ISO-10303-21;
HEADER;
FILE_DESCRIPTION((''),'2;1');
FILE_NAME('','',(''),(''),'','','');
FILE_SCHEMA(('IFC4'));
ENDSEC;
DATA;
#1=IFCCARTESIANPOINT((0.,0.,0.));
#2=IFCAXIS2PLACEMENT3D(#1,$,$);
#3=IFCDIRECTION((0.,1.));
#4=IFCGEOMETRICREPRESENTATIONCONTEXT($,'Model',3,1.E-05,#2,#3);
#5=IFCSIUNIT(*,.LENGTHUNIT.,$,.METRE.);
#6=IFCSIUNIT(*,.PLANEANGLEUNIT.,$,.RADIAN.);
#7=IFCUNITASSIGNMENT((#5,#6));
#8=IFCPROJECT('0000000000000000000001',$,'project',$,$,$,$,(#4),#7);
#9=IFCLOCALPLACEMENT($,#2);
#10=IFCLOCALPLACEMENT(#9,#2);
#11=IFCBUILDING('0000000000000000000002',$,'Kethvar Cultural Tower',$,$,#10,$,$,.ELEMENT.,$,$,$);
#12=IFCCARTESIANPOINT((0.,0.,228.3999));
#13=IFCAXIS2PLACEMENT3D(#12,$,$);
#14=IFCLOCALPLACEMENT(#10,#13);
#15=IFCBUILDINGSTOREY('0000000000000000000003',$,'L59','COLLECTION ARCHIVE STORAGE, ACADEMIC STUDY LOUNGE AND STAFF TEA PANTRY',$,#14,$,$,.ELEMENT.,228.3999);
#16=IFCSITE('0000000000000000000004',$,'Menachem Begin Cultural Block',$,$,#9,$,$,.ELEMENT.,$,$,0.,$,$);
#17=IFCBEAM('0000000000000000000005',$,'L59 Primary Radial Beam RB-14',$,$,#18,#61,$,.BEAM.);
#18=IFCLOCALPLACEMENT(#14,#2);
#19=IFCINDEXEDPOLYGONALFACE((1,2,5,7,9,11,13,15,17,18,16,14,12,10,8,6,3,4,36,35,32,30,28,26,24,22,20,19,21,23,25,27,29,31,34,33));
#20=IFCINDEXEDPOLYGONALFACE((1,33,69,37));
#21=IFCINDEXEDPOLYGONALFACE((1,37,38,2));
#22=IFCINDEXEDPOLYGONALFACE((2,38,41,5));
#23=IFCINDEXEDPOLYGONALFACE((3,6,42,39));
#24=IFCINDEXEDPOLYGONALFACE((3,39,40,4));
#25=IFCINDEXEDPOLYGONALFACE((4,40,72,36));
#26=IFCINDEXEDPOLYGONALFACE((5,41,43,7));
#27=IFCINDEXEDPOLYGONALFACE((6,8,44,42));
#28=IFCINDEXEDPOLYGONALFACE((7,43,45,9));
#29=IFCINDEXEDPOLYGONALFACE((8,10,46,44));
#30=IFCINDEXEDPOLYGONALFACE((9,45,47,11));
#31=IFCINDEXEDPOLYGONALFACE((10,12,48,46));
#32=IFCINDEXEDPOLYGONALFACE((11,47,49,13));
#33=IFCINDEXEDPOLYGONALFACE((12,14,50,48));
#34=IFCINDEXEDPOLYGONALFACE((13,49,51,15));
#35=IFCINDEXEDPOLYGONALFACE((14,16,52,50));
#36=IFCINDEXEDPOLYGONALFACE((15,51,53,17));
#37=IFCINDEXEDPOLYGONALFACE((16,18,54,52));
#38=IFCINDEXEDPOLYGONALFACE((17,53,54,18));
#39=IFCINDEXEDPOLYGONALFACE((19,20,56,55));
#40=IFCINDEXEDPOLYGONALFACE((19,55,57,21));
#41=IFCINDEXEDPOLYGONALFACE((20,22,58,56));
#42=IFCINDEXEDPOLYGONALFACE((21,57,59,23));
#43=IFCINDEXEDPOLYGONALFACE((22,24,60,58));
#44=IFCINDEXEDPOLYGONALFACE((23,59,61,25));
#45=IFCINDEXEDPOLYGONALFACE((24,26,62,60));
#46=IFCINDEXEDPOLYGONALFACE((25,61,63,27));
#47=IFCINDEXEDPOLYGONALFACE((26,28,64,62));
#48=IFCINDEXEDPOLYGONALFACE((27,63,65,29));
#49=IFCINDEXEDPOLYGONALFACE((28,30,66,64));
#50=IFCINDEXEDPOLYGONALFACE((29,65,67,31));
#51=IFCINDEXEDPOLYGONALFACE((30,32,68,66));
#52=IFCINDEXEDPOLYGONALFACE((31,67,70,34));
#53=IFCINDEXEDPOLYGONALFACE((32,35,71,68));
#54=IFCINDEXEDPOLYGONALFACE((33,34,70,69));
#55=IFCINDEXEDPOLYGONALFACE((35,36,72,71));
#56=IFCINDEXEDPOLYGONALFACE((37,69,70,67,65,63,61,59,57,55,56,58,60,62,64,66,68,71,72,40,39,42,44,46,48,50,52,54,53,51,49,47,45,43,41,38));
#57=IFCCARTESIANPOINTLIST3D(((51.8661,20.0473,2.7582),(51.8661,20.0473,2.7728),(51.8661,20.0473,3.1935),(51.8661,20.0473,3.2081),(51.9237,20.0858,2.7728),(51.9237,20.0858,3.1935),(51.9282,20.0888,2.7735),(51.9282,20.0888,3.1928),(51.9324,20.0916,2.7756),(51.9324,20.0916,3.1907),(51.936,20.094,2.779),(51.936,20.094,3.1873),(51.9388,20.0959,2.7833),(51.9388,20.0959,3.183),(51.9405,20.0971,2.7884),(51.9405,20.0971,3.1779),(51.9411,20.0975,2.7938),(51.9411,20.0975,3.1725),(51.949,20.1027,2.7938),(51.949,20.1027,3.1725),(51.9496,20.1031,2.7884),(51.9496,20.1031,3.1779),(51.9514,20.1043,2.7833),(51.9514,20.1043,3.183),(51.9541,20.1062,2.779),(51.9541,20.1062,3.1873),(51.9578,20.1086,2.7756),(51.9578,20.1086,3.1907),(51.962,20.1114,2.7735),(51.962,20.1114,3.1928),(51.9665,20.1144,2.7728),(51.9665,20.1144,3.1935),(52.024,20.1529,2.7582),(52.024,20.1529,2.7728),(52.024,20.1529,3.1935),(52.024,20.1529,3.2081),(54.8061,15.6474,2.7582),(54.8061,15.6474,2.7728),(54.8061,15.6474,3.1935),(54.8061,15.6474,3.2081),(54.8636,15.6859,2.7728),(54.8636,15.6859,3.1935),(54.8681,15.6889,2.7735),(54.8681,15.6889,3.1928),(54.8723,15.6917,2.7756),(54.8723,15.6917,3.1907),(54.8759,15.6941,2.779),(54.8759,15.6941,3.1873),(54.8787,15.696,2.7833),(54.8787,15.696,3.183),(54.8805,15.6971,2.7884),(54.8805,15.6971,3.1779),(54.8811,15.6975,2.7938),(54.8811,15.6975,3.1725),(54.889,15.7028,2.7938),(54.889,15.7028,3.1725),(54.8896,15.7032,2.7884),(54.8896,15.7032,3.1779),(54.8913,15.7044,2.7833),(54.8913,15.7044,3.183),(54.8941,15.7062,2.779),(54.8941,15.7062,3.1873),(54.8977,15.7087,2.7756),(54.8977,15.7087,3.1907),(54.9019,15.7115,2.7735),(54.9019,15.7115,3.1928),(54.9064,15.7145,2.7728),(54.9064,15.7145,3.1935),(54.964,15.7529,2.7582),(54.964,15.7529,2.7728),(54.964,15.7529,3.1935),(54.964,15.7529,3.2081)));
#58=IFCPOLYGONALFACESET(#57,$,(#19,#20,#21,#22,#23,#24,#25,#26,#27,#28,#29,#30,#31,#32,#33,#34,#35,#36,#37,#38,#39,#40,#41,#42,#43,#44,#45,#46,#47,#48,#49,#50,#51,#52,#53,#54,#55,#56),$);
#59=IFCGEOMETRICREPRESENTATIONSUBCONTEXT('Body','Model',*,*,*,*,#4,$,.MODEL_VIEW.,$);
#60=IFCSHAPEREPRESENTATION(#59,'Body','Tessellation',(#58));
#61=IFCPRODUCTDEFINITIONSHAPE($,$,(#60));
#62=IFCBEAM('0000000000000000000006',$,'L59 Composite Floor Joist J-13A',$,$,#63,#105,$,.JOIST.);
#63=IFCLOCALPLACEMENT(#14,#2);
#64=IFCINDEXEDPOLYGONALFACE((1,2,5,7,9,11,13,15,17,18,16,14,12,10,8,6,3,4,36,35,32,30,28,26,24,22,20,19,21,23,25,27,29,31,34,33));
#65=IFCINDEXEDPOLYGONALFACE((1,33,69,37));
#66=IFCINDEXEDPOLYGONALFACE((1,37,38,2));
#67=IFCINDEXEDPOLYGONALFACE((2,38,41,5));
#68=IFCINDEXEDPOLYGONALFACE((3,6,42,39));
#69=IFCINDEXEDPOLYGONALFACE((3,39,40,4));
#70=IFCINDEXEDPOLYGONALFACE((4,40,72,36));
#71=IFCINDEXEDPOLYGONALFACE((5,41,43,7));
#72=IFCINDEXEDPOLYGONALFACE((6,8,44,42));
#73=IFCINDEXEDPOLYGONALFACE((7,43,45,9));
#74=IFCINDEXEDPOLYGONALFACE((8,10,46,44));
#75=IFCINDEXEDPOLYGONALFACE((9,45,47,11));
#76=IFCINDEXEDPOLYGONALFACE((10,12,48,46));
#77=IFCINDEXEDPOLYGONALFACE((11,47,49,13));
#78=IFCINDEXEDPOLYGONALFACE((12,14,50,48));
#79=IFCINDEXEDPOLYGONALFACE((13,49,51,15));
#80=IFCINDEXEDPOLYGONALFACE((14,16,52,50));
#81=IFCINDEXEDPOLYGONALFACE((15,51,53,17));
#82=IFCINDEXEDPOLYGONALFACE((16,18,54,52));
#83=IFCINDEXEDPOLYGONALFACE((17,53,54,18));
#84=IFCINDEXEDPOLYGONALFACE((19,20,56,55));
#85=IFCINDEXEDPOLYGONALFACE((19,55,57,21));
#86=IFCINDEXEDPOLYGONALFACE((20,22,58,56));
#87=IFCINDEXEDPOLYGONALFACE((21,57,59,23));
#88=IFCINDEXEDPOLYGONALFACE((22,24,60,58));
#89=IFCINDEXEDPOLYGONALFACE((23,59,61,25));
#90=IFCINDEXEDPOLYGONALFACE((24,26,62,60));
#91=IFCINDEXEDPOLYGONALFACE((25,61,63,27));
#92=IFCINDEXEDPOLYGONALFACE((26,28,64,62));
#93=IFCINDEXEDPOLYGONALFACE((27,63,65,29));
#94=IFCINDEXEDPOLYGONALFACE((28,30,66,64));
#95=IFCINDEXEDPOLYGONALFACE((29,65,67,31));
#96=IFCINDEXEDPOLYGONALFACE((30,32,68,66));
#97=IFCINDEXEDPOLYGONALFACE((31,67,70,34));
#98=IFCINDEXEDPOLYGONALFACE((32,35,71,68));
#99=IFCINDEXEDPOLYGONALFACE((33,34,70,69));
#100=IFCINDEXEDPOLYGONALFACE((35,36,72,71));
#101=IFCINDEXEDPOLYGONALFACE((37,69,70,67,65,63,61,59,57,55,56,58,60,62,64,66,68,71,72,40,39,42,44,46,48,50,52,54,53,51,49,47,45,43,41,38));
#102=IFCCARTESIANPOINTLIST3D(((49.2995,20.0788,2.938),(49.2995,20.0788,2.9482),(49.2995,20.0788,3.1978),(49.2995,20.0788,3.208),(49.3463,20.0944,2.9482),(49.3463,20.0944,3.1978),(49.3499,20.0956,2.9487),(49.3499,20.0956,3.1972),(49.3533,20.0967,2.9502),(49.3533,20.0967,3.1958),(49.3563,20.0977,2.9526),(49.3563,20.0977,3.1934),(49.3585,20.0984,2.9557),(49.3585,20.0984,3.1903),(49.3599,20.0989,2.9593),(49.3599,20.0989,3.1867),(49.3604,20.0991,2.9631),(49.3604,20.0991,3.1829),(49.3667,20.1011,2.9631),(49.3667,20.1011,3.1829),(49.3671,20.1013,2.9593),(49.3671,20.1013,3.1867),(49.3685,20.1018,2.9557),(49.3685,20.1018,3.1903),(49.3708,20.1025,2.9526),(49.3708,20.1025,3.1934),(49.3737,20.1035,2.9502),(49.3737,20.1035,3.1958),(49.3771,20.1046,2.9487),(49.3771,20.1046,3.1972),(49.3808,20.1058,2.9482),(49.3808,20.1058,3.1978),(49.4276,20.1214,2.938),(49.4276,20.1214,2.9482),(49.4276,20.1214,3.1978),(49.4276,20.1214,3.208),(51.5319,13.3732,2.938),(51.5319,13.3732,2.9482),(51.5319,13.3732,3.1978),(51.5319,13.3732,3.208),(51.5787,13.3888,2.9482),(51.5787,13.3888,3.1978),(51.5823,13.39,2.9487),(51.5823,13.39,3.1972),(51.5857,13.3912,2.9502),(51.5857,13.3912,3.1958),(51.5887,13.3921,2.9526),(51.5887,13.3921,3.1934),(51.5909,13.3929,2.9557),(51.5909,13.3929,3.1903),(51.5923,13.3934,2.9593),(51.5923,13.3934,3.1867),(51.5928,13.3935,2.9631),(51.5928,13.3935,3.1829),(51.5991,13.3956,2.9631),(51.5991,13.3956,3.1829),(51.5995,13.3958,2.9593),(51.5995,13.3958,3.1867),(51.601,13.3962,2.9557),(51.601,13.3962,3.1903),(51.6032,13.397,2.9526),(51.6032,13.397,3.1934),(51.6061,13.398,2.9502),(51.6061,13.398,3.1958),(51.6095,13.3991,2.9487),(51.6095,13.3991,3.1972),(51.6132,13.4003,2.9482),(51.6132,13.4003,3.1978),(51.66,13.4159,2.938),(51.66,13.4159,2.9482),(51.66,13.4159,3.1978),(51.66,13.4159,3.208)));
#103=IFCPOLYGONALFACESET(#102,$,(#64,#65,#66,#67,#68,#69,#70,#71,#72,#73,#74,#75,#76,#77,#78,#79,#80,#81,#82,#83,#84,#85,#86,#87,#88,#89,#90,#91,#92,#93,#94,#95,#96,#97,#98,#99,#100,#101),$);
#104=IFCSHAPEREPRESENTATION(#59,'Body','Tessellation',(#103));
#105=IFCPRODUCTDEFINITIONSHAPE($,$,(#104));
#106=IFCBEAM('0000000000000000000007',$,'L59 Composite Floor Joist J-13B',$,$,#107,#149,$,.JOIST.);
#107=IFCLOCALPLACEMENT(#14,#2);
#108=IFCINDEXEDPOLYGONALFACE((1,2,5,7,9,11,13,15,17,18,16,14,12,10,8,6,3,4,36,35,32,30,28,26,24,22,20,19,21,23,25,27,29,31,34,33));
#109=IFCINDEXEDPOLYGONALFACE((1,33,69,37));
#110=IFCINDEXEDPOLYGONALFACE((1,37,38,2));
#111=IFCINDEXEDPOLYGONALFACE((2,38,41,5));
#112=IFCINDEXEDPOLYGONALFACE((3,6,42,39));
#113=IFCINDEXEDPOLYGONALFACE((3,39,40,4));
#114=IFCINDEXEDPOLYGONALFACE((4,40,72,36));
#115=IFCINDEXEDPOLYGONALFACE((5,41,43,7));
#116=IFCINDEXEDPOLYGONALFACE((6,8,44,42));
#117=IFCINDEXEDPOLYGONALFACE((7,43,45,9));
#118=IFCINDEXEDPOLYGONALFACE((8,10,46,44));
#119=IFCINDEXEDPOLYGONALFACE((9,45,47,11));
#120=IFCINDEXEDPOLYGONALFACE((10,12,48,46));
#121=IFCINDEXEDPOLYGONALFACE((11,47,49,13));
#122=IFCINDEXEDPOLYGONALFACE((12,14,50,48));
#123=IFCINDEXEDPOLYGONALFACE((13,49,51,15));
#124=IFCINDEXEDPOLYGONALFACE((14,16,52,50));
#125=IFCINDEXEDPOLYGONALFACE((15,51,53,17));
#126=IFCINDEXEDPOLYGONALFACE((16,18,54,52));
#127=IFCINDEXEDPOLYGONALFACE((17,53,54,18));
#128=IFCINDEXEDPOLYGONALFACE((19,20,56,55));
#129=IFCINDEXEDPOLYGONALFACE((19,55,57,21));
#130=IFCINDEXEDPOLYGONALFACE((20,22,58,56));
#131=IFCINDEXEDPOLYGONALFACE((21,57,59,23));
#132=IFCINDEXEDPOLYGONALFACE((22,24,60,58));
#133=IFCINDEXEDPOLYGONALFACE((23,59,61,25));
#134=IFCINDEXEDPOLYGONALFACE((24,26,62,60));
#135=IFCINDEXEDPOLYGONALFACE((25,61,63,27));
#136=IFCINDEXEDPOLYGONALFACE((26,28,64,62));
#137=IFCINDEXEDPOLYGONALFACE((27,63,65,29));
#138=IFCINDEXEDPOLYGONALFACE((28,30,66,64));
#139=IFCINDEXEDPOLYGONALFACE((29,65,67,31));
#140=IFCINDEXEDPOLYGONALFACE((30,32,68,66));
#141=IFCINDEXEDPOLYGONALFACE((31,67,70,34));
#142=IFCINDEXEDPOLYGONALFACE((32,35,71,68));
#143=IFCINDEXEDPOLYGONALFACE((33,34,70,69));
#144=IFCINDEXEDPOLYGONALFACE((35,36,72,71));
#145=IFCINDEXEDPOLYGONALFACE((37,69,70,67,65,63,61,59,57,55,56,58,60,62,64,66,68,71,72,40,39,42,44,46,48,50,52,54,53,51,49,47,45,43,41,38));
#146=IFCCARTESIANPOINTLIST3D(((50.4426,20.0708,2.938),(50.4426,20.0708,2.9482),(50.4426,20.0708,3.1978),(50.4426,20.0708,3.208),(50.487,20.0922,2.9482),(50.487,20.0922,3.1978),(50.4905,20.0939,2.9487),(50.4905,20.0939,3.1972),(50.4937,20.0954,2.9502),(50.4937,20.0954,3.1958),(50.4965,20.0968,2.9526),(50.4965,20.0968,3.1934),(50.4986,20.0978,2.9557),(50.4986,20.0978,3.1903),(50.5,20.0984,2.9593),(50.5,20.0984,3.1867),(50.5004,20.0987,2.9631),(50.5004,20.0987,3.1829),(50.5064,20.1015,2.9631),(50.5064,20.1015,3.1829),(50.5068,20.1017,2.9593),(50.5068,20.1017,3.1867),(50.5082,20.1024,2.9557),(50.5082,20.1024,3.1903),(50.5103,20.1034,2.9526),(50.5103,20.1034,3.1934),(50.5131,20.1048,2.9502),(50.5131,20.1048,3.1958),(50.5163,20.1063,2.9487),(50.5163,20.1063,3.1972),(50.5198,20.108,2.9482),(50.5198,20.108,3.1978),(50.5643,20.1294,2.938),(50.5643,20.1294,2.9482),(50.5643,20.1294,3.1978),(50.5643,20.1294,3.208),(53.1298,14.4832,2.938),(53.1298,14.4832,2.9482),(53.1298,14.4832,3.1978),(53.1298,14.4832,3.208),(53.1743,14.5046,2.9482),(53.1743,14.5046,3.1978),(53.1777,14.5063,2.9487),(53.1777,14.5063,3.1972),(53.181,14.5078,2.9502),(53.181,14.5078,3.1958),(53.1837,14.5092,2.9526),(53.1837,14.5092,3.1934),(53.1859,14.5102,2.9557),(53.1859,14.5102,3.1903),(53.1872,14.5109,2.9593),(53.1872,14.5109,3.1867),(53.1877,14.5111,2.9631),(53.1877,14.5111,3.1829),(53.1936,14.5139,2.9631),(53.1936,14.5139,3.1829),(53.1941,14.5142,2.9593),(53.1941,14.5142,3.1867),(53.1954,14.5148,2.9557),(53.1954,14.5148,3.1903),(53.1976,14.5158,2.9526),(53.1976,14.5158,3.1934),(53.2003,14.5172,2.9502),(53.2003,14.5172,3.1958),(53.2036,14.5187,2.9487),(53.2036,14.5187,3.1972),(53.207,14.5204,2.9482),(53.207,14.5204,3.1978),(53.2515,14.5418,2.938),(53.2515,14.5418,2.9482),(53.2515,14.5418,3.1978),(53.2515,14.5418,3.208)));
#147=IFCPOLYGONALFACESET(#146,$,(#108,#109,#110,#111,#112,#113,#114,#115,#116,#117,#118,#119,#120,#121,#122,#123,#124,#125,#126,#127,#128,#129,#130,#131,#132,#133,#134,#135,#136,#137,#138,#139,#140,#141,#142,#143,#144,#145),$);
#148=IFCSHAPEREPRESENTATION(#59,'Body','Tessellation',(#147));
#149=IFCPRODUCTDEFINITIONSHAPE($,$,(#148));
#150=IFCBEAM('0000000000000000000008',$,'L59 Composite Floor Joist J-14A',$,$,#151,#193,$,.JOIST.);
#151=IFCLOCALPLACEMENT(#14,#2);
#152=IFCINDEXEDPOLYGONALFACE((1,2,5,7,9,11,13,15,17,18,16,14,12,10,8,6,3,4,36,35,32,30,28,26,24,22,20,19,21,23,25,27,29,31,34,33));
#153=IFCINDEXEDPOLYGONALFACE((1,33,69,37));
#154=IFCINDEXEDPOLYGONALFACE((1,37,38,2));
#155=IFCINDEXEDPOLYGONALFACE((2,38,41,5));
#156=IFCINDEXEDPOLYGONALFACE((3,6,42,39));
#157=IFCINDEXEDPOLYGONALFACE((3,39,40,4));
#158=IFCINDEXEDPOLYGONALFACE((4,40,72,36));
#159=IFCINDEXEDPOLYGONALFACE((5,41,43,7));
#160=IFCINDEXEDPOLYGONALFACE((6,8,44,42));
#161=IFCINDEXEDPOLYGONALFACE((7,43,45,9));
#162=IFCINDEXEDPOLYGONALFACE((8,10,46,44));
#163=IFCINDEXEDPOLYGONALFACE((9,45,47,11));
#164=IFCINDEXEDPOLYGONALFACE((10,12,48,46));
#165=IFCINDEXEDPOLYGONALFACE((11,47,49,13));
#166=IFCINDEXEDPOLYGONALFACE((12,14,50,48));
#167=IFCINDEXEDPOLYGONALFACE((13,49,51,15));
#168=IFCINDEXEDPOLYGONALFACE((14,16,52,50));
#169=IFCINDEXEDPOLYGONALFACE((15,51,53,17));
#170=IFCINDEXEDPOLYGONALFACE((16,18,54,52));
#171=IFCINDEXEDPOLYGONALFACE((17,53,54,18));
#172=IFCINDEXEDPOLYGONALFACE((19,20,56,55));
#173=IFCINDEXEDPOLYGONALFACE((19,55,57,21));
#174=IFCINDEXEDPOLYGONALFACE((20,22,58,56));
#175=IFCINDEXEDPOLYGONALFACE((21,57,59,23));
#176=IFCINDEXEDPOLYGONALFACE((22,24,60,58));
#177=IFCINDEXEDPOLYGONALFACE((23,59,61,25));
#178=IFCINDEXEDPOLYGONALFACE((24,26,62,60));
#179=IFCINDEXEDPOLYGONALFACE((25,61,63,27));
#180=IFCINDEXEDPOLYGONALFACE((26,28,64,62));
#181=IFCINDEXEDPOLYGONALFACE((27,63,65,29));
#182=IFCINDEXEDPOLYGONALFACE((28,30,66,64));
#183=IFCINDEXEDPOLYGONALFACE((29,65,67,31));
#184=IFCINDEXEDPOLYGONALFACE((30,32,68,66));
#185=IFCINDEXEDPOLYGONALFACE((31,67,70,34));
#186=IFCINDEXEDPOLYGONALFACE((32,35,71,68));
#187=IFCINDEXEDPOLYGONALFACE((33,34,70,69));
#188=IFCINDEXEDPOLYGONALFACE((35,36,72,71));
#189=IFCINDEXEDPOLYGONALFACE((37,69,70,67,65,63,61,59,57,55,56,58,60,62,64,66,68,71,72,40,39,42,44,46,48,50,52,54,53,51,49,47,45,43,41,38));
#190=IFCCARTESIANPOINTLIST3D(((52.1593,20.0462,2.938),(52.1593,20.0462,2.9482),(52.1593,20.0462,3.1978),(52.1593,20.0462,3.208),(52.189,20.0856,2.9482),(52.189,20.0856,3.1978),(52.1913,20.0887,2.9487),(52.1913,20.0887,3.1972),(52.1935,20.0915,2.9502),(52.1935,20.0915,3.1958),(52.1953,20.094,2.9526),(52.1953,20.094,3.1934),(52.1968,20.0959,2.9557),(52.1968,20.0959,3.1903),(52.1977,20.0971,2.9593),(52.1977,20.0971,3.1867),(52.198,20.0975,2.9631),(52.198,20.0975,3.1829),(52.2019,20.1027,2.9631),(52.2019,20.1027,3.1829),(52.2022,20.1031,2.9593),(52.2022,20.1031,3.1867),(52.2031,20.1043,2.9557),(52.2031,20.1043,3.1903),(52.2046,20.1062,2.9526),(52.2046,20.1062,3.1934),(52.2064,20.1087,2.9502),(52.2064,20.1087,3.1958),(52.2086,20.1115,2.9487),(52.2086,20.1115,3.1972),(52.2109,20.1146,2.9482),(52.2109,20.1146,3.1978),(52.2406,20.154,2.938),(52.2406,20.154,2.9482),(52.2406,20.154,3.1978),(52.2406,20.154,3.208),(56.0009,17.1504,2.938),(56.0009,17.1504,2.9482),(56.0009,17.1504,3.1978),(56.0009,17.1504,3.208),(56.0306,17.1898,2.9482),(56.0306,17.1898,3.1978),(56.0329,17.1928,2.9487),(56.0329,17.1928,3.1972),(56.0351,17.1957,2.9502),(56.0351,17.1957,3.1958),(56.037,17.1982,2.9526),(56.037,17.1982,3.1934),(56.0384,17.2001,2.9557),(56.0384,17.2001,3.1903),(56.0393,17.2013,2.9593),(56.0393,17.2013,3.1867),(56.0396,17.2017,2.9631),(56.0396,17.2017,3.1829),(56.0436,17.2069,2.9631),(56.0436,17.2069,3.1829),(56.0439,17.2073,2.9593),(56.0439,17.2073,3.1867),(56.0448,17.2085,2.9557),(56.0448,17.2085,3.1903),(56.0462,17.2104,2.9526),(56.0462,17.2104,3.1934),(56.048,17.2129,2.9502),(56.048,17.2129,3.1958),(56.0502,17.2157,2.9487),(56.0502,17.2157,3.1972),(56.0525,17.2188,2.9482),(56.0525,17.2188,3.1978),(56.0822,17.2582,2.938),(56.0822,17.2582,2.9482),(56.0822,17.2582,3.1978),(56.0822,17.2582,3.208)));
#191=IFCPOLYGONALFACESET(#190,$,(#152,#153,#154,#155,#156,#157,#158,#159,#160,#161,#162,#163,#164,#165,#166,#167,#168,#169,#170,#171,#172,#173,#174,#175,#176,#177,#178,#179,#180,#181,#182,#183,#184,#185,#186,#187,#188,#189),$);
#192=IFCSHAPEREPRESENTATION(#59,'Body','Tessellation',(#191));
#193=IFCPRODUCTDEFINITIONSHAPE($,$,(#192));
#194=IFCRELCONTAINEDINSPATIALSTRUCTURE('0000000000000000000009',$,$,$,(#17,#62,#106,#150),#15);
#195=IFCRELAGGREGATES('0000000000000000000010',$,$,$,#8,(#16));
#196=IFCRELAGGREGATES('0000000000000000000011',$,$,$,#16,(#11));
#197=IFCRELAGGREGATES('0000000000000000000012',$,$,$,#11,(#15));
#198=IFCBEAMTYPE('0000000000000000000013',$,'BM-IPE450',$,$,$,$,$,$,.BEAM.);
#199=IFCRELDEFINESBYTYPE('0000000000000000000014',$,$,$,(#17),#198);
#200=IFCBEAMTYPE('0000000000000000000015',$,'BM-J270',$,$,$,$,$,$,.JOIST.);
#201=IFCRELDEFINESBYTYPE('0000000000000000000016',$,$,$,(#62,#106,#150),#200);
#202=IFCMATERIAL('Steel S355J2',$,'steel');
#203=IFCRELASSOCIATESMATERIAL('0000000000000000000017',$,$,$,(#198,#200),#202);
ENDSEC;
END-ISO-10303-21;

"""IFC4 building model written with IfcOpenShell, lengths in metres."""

from ifc_helpers import new_model, si_unit, direction, frame, origin, origin_2d, place, context, subcontext, project, spatial, i_section, extrude, source, transform, mapped, material, material_profile, profile_set, type_object, element, save


model = new_model("IFC4")

# Units and contexts
model_context = context("Model", 3, precision=1e-05, world=origin(), true_north=direction((0.0, 1.0)))
body_context = subcontext(model_context, "Body", "Model", "MODEL_VIEW")
ifc_project = project(units=[si_unit("LENGTHUNIT", "METRE"), si_unit("PLANEANGLEUNIT", "RADIAN")], contexts=[model_context])

# Site, building, storey
site_placement = place(None, origin())
site = spatial("IfcSite", under=ifc_project, at=site_placement, Name="Menachem Begin Cultural Block", CompositionType="ELEMENT", RefElevation=0.0)
building_placement = place(site_placement, origin())
building = spatial("IfcBuilding", under=site, at=building_placement, Name="Kethvar Cultural Tower", CompositionType="ELEMENT")
storey_placement = place(building_placement, frame((0.0, 0.0, 228.3999)))
storey = spatial("IfcBuildingStorey", under=building, at=storey_placement, Name="L59", Description="COLLECTION ARCHIVE STORAGE, ACADEMIC STUDY LOUNGE AND STAFF TEA PANTRY", CompositionType="ELEMENT", Elevation=228.3999)

# Beams
ifc_material_1 = material(Name="Steel S355J2", Category="steel")
ifc_material_profile_1 = material_profile(ifc_material_1, i_section(OverallWidth=0.1899, OverallDepth=0.45, WebThickness=0.0095, FlangeThickness=0.0146, FilletRadius=0.021, at=origin_2d()), Name="Steel S355J2 — IPE450")
ifc_profile_set_1 = profile_set([ifc_material_profile_1], Name="Steel S355J2 — IPE450")
beam_type_1 = type_object("IfcBeamType", Name="BM-IPE450", PredefinedType="BEAM", material=ifc_profile_set_1)
shared_shape_1 = source(origin(), body_context, "Body", "SweptSolid", [
    extrude(i_section(OverallWidth=0.1899, OverallDepth=0.45, WebThickness=0.0095, FlangeThickness=0.0146, FilletRadius=0.021, at=origin_2d()), origin(), (0.0, 0.0, 1.0), 5.2917),
])
beam_1_placement = place(storey_placement, frame((51.9451, 20.1001, 2.9832), z_axis=(0.555573, -0.831468, 0.0), x_axis=(0.831468, 0.555573, 0.0)))
element("IfcBeam", 1, at=beam_1_placement, inside=storey, type_object=beam_type_1, Name="L59 Primary Radial Beam RB-14", PredefinedType="BEAM", context=body_context, shape_type="MappedRepresentation", body=[
    mapped(shared_shape_1, transform((0.0, 0.0, 0.0), scale=1.0)),
])
ifc_material_profile_2 = material_profile(ifc_material_1, i_section(OverallWidth=0.135, OverallDepth=0.27, WebThickness=0.0066, FlangeThickness=0.0103, FilletRadius=0.0149, at=origin_2d()), Name="Steel S355J2 — IPE270")
ifc_profile_set_2 = profile_set([ifc_material_profile_2], Name="Steel S355J2 — IPE270")
beam_type_2 = type_object("IfcBeamType", Name="BM-J270", PredefinedType="JOIST", material=ifc_profile_set_2)
shared_shape_2 = source(origin(), body_context, "Body", "SweptSolid", [
    extrude(i_section(OverallWidth=0.135, OverallDepth=0.27, WebThickness=0.0066, FlangeThickness=0.0103, FilletRadius=0.0149, at=origin_2d()), origin(), (0.0, 0.0, 1.0), 7.0674),
])
beam_2_placement = place(storey_placement, frame((49.3635, 20.1001, 3.073), z_axis=(0.315875, -0.948801, 0.0), x_axis=(0.948801, 0.315875, 0.0)))
element("IfcBeam", 2, at=beam_2_placement, inside=storey, type_object=beam_type_2, Name="L59 Composite Floor Joist J-13A", PredefinedType="JOIST", context=body_context, shape_type="MappedRepresentation", body=[
    mapped(shared_shape_2, transform((0.0, 0.0, 0.0), scale=1.0)),
])
shared_shape_3 = source(origin(), body_context, "Body", "SweptSolid", [
    extrude(i_section(OverallWidth=0.135, OverallDepth=0.27, WebThickness=0.0066, FlangeThickness=0.0103, FilletRadius=0.0149, at=origin_2d()), origin(), (0.0, 0.0, 1.0), 6.2002),
])
beam_3_placement = place(storey_placement, frame((50.5034, 20.1001, 3.073), z_axis=(0.433411, -0.901197, 0.0), x_axis=(0.901197, 0.433411, 0.0)))
element("IfcBeam", 3, at=beam_3_placement, inside=storey, type_object=beam_type_2, Name="L59 Composite Floor Joist J-13B", PredefinedType="JOIST", context=body_context, shape_type="MappedRepresentation", body=[
    mapped(shared_shape_3, transform((0.0, 0.0, 0.0), scale=1.0)),
])
shared_shape_4 = source(origin(), body_context, "Body", "SweptSolid", [
    extrude(i_section(OverallWidth=0.135, OverallDepth=0.27, WebThickness=0.0066, FlangeThickness=0.0103, FilletRadius=0.0149, at=origin_2d()), origin(), (0.0, 0.0, 1.0), 4.8108),
])
beam_4_placement = place(storey_placement, frame((52.2, 20.1001, 3.073), z_axis=(0.798542, -0.601939, 0.0), x_axis=(0.601939, 0.798542, 0.0)))
element("IfcBeam", 4, at=beam_4_placement, inside=storey, type_object=beam_type_2, Name="L59 Composite Floor Joist J-14A", PredefinedType="JOIST", context=body_context, shape_type="MappedRepresentation", body=[
    mapped(shared_shape_4, transform((0.0, 0.0, 0.0), scale=1.0)),
])

save(model, "model.ifc")
